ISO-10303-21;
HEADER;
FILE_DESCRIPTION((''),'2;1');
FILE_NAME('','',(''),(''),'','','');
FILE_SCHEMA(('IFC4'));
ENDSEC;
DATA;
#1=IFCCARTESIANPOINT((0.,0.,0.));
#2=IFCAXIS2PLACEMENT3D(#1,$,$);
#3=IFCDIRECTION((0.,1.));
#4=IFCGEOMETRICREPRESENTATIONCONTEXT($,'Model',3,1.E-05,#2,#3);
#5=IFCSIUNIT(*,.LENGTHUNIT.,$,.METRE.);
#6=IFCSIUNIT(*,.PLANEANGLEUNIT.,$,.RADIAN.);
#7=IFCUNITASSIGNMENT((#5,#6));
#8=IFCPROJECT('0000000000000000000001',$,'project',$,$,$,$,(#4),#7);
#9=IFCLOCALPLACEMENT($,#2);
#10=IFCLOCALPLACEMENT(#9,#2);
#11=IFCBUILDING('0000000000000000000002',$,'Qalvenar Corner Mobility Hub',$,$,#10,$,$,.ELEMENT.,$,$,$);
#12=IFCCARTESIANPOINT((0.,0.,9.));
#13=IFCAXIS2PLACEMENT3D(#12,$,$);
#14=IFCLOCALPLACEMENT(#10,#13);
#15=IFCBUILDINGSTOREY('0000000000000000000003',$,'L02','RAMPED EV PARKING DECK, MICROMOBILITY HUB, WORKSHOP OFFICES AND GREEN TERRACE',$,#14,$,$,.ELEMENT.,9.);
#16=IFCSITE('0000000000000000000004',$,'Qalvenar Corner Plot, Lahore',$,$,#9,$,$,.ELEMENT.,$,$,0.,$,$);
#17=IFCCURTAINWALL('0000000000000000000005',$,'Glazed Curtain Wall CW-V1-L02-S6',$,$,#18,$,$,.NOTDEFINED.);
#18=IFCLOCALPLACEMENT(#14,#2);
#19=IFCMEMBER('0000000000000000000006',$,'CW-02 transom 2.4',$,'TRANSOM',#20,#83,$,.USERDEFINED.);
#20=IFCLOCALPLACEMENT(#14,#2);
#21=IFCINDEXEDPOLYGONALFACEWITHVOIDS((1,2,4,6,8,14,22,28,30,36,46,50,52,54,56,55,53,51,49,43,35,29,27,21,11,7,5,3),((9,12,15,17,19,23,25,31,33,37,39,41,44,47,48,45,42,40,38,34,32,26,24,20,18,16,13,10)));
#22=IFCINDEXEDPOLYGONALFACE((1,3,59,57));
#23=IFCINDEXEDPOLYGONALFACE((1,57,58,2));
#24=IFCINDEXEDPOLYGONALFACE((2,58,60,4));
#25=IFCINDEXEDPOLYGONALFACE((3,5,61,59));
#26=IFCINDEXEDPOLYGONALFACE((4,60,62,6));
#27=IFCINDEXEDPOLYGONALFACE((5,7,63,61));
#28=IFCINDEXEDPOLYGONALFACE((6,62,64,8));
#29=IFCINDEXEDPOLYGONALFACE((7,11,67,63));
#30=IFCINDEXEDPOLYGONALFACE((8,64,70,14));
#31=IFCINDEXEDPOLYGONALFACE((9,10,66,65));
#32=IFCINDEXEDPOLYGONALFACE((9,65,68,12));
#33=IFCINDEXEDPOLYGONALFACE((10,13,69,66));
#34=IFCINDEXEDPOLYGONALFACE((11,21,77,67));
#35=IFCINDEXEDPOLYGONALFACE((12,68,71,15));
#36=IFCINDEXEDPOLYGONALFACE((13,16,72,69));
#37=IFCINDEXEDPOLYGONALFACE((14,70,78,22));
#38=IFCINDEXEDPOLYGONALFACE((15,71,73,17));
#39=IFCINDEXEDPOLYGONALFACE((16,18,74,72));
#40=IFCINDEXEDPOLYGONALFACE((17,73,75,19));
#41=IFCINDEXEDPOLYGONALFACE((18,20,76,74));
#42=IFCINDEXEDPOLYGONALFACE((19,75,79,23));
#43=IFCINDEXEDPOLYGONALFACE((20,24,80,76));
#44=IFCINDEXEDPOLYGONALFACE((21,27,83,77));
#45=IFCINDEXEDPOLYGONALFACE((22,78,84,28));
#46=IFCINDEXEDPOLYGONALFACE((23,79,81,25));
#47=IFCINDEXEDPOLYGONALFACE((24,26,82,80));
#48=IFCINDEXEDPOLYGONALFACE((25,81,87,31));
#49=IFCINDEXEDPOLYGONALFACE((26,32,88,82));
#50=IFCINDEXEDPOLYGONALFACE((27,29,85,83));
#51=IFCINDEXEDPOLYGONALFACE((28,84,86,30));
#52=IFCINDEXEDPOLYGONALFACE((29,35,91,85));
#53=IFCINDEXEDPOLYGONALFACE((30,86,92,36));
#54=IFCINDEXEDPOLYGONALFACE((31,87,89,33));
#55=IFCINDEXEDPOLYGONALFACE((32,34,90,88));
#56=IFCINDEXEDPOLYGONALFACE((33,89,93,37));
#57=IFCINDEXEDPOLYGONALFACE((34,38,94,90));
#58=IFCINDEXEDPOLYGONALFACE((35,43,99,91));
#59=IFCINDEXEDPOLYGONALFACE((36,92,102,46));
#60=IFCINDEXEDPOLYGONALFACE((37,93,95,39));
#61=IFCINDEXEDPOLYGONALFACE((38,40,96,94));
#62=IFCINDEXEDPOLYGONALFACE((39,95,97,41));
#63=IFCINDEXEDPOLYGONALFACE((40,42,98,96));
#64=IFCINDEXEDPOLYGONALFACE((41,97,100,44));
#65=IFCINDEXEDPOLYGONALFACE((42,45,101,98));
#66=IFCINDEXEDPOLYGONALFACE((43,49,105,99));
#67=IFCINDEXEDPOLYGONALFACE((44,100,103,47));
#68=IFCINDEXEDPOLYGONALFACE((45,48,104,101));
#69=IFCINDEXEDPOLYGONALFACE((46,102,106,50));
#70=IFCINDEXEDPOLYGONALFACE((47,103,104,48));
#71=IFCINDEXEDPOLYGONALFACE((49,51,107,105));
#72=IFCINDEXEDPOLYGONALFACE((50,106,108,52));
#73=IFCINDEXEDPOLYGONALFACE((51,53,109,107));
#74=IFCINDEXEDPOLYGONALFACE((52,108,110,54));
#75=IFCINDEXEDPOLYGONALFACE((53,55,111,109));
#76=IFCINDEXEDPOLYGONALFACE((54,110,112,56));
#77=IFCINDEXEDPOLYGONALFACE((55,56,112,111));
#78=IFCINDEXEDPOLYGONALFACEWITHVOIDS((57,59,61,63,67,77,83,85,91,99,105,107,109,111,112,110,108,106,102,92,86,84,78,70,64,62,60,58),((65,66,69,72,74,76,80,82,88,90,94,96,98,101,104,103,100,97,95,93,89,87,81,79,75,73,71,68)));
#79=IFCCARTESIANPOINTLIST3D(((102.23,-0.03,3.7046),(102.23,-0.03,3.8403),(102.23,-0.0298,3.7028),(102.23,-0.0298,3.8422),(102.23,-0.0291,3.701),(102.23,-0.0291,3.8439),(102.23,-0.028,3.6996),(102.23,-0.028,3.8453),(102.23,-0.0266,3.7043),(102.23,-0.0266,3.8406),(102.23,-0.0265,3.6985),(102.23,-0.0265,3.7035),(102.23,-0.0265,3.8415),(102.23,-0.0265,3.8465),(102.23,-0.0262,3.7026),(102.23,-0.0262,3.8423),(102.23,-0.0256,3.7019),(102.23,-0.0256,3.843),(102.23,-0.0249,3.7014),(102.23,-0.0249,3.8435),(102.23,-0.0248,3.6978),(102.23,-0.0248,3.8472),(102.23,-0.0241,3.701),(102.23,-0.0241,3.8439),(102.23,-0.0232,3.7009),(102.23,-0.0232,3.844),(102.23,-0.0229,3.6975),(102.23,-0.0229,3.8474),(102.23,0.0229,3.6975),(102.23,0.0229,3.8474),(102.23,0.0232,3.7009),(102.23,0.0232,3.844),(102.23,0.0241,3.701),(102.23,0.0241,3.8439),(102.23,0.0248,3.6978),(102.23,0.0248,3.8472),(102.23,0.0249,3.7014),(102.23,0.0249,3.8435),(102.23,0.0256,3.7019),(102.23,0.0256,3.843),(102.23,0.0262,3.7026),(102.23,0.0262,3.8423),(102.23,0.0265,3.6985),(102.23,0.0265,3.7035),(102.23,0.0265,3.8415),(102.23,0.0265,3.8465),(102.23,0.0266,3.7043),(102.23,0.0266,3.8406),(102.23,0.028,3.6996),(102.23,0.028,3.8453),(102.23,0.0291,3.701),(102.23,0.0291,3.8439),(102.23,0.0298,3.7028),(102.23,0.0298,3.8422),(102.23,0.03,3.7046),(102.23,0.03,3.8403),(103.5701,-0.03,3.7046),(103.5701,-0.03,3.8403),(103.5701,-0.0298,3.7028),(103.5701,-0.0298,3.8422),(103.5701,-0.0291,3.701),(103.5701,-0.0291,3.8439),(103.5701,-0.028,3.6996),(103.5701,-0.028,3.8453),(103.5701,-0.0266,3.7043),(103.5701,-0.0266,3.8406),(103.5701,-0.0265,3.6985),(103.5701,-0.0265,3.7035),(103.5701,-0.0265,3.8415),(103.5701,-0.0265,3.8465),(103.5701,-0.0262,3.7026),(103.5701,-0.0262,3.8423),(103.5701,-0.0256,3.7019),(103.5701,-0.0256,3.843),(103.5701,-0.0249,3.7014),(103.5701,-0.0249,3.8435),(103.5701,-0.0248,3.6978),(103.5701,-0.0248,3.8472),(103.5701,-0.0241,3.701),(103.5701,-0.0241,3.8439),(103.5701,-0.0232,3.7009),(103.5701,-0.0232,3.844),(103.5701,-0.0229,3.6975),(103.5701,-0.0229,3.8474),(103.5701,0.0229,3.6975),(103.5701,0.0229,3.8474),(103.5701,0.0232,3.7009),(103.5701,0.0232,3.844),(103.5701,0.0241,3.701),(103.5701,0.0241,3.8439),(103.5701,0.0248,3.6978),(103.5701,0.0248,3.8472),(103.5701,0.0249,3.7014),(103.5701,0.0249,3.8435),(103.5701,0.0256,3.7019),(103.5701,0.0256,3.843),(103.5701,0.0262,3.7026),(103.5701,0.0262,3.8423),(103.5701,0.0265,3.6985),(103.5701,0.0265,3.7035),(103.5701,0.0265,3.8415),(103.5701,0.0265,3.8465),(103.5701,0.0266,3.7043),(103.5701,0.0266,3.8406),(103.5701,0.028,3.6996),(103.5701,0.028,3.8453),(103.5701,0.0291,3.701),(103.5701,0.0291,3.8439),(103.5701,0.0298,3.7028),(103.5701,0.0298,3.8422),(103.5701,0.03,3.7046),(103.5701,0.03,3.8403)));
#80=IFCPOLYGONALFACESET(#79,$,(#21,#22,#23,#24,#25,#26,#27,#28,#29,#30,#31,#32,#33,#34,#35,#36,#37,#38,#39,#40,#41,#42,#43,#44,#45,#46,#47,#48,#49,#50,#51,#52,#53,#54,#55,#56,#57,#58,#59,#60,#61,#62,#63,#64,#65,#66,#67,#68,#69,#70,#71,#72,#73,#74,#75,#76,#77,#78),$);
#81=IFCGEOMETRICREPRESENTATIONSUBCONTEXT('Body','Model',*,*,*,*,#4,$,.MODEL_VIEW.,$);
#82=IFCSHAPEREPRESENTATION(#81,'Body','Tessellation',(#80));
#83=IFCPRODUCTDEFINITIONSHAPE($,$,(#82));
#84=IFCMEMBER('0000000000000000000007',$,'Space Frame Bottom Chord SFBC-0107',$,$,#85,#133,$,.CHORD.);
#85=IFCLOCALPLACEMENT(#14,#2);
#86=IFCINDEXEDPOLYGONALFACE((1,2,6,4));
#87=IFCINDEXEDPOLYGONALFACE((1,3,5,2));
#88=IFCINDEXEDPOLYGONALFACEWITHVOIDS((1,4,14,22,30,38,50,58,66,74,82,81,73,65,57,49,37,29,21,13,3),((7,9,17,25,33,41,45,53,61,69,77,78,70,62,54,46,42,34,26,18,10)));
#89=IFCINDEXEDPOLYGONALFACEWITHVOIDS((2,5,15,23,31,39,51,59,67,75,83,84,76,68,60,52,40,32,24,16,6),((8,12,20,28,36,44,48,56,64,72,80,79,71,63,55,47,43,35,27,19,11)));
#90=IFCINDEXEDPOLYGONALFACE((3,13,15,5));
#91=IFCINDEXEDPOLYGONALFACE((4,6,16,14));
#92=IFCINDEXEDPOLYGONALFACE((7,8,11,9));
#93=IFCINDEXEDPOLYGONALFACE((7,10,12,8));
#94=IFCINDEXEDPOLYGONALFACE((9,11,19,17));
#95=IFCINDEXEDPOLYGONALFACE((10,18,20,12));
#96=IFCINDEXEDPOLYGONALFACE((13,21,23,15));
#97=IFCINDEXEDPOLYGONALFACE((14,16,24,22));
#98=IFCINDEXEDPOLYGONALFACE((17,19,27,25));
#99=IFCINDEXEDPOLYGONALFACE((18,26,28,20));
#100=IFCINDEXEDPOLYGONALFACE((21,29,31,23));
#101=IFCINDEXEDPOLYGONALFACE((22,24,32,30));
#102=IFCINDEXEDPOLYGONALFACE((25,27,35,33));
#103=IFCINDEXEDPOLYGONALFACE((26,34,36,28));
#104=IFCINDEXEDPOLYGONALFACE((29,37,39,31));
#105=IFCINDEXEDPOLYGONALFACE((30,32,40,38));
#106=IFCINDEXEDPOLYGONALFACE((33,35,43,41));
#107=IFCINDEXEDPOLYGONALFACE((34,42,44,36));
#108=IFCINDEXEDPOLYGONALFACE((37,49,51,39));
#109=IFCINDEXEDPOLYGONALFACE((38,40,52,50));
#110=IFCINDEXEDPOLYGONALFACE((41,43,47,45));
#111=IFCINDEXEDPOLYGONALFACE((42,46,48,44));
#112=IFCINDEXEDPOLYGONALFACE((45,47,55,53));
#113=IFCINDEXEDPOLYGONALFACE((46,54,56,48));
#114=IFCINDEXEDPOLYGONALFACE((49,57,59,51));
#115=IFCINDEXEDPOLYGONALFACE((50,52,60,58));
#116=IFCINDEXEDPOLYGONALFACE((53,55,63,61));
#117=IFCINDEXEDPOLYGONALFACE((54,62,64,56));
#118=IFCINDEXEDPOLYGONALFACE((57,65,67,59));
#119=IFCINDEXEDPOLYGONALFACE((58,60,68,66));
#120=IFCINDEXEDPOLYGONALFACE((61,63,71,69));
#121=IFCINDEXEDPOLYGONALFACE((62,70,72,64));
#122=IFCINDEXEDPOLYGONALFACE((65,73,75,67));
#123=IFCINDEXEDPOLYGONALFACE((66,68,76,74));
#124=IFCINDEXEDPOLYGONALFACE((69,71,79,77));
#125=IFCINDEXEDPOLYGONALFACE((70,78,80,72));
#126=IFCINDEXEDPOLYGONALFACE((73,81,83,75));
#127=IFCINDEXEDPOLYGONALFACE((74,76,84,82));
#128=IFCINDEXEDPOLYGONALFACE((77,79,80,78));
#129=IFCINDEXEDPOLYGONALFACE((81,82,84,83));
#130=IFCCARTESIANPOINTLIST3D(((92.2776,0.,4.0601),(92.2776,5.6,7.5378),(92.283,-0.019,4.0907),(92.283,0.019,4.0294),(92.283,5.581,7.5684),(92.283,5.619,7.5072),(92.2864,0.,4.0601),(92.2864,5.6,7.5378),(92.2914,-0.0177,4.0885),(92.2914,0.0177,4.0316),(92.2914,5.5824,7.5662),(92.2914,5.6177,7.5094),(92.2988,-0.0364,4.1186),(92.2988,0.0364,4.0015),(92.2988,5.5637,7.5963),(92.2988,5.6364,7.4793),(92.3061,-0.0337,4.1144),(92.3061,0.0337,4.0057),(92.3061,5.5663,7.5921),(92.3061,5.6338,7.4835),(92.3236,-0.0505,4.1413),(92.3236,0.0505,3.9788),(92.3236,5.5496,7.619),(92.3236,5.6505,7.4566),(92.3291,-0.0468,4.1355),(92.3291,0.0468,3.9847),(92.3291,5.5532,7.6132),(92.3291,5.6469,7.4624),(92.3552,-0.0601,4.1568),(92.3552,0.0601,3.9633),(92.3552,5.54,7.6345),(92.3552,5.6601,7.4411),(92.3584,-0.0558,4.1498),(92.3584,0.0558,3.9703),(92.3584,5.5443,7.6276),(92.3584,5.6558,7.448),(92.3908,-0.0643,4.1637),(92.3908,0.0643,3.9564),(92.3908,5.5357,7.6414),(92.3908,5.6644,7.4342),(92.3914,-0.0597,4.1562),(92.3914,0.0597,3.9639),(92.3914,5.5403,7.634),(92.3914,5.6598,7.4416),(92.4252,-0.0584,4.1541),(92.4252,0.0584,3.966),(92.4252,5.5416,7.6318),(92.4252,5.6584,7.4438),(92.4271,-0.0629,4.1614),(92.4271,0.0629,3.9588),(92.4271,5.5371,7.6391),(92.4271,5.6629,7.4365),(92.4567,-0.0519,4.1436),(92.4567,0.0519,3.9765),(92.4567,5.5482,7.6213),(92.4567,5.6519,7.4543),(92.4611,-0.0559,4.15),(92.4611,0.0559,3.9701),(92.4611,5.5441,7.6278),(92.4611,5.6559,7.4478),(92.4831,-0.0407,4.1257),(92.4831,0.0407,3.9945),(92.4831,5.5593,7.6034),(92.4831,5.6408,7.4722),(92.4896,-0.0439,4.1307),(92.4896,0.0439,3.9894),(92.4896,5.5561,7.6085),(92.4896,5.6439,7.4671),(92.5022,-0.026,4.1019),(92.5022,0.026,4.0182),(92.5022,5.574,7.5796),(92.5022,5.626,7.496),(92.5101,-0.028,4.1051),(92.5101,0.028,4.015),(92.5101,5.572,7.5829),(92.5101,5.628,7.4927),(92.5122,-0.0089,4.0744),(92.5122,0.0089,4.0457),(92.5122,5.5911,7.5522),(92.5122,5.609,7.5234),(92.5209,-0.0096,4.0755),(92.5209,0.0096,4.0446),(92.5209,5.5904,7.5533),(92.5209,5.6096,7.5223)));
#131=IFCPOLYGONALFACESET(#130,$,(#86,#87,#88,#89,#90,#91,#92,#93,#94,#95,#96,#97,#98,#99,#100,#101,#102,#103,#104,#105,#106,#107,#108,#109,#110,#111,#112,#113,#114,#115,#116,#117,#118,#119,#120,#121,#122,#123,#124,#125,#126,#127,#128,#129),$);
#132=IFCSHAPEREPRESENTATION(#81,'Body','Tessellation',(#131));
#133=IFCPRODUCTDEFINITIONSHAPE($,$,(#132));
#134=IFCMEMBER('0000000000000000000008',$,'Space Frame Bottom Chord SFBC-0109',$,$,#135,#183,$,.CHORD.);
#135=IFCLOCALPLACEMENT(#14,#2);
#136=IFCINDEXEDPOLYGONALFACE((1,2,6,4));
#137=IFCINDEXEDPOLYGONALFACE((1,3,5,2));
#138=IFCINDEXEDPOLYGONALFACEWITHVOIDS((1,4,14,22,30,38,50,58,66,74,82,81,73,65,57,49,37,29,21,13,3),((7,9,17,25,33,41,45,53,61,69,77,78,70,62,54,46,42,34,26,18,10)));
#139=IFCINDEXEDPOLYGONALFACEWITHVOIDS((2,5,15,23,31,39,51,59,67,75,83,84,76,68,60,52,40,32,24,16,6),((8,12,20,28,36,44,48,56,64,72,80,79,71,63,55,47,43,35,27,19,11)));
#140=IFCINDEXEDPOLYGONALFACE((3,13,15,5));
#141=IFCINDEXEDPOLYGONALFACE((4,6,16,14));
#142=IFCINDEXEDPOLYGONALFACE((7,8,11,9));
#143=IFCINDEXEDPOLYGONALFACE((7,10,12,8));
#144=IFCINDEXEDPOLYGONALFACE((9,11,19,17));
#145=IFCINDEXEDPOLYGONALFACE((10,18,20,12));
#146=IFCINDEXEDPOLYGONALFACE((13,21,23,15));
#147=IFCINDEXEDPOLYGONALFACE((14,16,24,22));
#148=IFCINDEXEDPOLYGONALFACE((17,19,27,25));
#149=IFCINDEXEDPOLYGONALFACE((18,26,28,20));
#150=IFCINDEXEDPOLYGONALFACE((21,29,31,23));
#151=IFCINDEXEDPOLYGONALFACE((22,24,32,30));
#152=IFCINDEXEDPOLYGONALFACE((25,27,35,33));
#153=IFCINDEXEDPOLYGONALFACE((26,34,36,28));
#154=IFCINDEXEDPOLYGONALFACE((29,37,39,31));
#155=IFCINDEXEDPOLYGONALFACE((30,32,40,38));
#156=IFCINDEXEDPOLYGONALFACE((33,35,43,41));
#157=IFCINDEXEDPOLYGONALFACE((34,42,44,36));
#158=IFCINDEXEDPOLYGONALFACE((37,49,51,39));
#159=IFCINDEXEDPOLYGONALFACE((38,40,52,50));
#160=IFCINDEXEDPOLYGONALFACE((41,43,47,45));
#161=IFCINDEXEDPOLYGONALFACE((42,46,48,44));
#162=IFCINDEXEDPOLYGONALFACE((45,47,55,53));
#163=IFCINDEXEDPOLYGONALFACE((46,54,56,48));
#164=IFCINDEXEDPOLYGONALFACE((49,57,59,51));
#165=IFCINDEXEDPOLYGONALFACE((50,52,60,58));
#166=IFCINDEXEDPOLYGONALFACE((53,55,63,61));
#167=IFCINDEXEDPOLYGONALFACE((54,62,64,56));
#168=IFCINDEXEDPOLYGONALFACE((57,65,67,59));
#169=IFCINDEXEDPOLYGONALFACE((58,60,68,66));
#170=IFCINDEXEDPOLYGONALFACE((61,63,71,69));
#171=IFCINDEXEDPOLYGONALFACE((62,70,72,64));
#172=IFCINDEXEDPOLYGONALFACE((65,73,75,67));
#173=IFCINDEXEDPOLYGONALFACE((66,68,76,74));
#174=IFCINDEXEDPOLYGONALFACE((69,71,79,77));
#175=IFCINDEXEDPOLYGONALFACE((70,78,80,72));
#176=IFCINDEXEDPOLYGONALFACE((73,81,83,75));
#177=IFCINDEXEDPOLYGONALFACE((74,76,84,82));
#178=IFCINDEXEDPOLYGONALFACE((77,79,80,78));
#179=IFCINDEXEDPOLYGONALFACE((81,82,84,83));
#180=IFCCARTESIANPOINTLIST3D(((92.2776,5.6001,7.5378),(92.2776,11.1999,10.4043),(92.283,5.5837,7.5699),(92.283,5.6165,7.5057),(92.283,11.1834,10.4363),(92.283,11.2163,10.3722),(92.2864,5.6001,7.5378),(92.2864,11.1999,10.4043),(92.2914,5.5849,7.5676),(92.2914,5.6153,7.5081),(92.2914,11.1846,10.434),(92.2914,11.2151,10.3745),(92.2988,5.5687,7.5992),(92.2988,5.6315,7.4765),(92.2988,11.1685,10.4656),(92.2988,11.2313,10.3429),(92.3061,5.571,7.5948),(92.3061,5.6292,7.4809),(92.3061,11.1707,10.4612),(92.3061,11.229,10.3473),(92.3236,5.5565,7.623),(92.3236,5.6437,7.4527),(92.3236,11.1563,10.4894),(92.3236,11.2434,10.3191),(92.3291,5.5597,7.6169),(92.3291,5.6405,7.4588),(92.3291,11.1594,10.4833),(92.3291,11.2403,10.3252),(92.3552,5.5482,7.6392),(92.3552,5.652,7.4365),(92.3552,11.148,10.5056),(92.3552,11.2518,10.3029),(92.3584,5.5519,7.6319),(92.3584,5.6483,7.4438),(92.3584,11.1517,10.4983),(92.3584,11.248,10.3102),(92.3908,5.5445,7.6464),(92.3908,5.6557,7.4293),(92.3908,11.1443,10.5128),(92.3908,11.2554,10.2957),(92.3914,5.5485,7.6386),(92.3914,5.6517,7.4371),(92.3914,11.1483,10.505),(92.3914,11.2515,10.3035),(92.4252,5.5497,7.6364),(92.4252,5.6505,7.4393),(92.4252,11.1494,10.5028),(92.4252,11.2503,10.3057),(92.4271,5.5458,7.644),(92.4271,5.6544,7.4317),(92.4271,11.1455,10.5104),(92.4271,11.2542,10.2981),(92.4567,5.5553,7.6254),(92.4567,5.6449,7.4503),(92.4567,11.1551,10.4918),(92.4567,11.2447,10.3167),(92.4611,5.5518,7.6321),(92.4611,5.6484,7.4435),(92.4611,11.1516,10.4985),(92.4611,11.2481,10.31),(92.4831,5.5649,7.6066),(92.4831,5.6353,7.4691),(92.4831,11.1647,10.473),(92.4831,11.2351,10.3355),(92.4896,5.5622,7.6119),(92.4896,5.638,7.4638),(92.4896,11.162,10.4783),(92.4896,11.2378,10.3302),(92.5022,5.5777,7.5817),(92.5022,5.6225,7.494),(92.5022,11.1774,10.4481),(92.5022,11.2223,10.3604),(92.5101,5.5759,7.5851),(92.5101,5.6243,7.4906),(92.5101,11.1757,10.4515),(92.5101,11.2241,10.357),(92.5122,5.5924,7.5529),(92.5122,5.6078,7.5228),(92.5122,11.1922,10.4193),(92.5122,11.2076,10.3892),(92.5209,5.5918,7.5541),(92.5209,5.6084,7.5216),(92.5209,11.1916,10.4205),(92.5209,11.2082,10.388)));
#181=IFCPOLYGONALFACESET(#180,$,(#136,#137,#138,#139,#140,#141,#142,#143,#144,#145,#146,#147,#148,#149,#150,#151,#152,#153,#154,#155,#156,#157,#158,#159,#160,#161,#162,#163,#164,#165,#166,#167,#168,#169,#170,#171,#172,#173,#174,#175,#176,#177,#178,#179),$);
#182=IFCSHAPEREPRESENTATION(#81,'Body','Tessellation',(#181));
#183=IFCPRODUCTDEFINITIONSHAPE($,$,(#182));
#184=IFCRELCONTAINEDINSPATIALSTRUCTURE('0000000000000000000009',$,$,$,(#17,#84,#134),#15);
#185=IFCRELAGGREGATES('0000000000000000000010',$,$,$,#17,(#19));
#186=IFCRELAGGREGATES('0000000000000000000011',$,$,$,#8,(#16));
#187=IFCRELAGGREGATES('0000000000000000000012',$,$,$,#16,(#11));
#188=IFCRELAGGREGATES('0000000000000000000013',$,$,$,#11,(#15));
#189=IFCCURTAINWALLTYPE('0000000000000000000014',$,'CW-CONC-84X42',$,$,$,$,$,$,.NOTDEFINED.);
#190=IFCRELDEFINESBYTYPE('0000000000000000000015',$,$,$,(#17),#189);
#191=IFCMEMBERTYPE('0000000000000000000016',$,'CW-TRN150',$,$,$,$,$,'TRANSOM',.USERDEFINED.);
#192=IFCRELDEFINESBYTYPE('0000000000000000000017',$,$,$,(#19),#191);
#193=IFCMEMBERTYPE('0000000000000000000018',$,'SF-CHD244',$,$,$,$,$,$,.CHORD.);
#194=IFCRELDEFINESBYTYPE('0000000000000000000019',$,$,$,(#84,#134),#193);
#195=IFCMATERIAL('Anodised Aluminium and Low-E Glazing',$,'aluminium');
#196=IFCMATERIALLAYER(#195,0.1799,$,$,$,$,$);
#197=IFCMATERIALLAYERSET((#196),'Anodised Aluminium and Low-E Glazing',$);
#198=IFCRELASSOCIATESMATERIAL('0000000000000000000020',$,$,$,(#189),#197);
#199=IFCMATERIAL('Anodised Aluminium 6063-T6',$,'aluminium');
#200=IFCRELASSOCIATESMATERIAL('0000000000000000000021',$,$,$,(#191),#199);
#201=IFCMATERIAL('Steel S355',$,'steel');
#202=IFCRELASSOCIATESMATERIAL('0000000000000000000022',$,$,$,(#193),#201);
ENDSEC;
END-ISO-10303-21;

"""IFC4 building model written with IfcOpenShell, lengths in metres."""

from ifc_helpers import new_model, si_unit, direction, frame, origin, origin_2d, place, context, subcontext, project, spatial, hollow_rectangle, hollow_circle, extrude, material, layer, layer_set, material_profile, profile_set, type_object, element, aggregate, save


model = new_model("IFC4")

# Units and contexts
model_context = context("Model", 3, precision=1e-05, world=origin(), true_north=direction((0.0, 1.0)))
body_context = subcontext(model_context, "Body", "Model", "MODEL_VIEW")
ifc_project = project(units=[si_unit("LENGTHUNIT", "METRE"), si_unit("PLANEANGLEUNIT", "RADIAN")], contexts=[model_context])

# Site, building, storey
site_placement = place(None, origin())
site = spatial("IfcSite", under=ifc_project, at=site_placement, Name="Qalvenar Corner Plot, Lahore", CompositionType="ELEMENT", RefElevation=0.0)
building_placement = place(site_placement, origin())
building = spatial("IfcBuilding", under=site, at=building_placement, Name="Qalvenar Corner Mobility Hub", CompositionType="ELEMENT")
storey_placement = place(building_placement, frame((0.0, 0.0, 9.0)))
storey = spatial("IfcBuildingStorey", under=building, at=storey_placement, Name="L02", Description="RAMPED EV PARKING DECK, MICROMOBILITY HUB, WORKSHOP OFFICES AND GREEN TERRACE", CompositionType="ELEMENT", Elevation=9.0)

# Curtain wall, member
ifc_material_1 = material(Name="Anodised Aluminium and Low-E Glazing", Category="aluminium")
ifc_layer_1 = layer(ifc_material_1, 0.1799)
ifc_layer_set_1 = layer_set([ifc_layer_1], Name="Anodised Aluminium and Low-E Glazing")
curtain_wall_type = type_object("IfcCurtainWallType", Name="CW-CONC-84X42", PredefinedType="NOTDEFINED", material=ifc_layer_set_1)
ifc_material_2 = material(Name="Anodised Aluminium 6063-T6", Category="aluminium")
ifc_material_profile_1 = material_profile(ifc_material_2, hollow_rectangle(XDim=0.0601, YDim=0.1499, WallThickness=0.0034, InnerFilletRadius=0.0034, OuterFilletRadius=0.0071, at=origin_2d()), Name="RHS150x60x3.5")
ifc_profile_set_1 = profile_set([ifc_material_profile_1], Name="Anodised Aluminium 6063-T6")
member_type_1 = type_object("IfcMemberType", Name="CW-TRN150", ElementType="TRANSOM", PredefinedType="USERDEFINED", material=ifc_profile_set_1)
curtain_wall_1_placement = place(storey_placement, origin())
curtain_wall_1 = element("IfcCurtainWall", 1, at=curtain_wall_1_placement, inside=storey, type_object=curtain_wall_type, Name="Glazed Curtain Wall CW-V1-L02-S6", PredefinedType="NOTDEFINED")
member_1_placement = place(storey_placement, frame((102.23, 0.0, 3.7725), z_axis=(1.0, 0.0, 0.0), x_axis=(0.0, 1.0, 0.0)))
member_1 = element("IfcMember", 2, at=member_1_placement, type_object=member_type_1, Name="CW-02 transom 2.4", ObjectType="TRANSOM", PredefinedType="USERDEFINED", context=body_context, shape_type="SweptSolid", body=[
    extrude(hollow_rectangle(XDim=0.0601, YDim=0.1499, WallThickness=0.0034, InnerFilletRadius=0.0034, OuterFilletRadius=0.0071, at=origin_2d()), origin(), (0.0, 0.0, 1.0), 1.3401),
])
aggregate(curtain_wall_1, [member_1])

# Members
ifc_material_3 = material(Name="Steel S355", Category="steel")
ifc_material_profile_2 = material_profile(ifc_material_3, hollow_circle(Radius=0.1223, WallThickness=0.0088, at=origin_2d()), Name="CHS244.5x8.8")
ifc_profile_set_2 = profile_set([ifc_material_profile_2], Name="Steel S355")
member_type_2 = type_object("IfcMemberType", Name="SF-CHD244", PredefinedType="CHORD", material=ifc_profile_set_2)
member_2_placement = place(storey_placement, frame((92.3999, 0.0, 4.0601), z_axis=(0.0, 0.849514, 0.527567), x_axis=(-1.0, 0.0, 0.0)))
element("IfcMember", 3, at=member_2_placement, inside=storey, type_object=member_type_2, Name="Space Frame Bottom Chord SFBC-0107", PredefinedType="CHORD", context=body_context, shape_type="SweptSolid", body=[
    extrude(hollow_circle(Radius=0.1223, WallThickness=0.0088, at=origin_2d()), origin(), (0.0, 0.0, 1.0), 6.592),
])
member_3_placement = place(storey_placement, frame((92.3999, 5.6001, 7.5378), z_axis=(0.0, 0.890157, 0.455654), x_axis=(-1.0, 0.0, 0.0)))
element("IfcMember", 4, at=member_3_placement, inside=storey, type_object=member_type_2, Name="Space Frame Bottom Chord SFBC-0109", PredefinedType="CHORD", context=body_context, shape_type="SweptSolid", body=[
    extrude(hollow_circle(Radius=0.1223, WallThickness=0.0088, at=origin_2d()), origin(), (0.0, 0.0, 1.0), 6.2908),
])

save(model, "model.ifc")
